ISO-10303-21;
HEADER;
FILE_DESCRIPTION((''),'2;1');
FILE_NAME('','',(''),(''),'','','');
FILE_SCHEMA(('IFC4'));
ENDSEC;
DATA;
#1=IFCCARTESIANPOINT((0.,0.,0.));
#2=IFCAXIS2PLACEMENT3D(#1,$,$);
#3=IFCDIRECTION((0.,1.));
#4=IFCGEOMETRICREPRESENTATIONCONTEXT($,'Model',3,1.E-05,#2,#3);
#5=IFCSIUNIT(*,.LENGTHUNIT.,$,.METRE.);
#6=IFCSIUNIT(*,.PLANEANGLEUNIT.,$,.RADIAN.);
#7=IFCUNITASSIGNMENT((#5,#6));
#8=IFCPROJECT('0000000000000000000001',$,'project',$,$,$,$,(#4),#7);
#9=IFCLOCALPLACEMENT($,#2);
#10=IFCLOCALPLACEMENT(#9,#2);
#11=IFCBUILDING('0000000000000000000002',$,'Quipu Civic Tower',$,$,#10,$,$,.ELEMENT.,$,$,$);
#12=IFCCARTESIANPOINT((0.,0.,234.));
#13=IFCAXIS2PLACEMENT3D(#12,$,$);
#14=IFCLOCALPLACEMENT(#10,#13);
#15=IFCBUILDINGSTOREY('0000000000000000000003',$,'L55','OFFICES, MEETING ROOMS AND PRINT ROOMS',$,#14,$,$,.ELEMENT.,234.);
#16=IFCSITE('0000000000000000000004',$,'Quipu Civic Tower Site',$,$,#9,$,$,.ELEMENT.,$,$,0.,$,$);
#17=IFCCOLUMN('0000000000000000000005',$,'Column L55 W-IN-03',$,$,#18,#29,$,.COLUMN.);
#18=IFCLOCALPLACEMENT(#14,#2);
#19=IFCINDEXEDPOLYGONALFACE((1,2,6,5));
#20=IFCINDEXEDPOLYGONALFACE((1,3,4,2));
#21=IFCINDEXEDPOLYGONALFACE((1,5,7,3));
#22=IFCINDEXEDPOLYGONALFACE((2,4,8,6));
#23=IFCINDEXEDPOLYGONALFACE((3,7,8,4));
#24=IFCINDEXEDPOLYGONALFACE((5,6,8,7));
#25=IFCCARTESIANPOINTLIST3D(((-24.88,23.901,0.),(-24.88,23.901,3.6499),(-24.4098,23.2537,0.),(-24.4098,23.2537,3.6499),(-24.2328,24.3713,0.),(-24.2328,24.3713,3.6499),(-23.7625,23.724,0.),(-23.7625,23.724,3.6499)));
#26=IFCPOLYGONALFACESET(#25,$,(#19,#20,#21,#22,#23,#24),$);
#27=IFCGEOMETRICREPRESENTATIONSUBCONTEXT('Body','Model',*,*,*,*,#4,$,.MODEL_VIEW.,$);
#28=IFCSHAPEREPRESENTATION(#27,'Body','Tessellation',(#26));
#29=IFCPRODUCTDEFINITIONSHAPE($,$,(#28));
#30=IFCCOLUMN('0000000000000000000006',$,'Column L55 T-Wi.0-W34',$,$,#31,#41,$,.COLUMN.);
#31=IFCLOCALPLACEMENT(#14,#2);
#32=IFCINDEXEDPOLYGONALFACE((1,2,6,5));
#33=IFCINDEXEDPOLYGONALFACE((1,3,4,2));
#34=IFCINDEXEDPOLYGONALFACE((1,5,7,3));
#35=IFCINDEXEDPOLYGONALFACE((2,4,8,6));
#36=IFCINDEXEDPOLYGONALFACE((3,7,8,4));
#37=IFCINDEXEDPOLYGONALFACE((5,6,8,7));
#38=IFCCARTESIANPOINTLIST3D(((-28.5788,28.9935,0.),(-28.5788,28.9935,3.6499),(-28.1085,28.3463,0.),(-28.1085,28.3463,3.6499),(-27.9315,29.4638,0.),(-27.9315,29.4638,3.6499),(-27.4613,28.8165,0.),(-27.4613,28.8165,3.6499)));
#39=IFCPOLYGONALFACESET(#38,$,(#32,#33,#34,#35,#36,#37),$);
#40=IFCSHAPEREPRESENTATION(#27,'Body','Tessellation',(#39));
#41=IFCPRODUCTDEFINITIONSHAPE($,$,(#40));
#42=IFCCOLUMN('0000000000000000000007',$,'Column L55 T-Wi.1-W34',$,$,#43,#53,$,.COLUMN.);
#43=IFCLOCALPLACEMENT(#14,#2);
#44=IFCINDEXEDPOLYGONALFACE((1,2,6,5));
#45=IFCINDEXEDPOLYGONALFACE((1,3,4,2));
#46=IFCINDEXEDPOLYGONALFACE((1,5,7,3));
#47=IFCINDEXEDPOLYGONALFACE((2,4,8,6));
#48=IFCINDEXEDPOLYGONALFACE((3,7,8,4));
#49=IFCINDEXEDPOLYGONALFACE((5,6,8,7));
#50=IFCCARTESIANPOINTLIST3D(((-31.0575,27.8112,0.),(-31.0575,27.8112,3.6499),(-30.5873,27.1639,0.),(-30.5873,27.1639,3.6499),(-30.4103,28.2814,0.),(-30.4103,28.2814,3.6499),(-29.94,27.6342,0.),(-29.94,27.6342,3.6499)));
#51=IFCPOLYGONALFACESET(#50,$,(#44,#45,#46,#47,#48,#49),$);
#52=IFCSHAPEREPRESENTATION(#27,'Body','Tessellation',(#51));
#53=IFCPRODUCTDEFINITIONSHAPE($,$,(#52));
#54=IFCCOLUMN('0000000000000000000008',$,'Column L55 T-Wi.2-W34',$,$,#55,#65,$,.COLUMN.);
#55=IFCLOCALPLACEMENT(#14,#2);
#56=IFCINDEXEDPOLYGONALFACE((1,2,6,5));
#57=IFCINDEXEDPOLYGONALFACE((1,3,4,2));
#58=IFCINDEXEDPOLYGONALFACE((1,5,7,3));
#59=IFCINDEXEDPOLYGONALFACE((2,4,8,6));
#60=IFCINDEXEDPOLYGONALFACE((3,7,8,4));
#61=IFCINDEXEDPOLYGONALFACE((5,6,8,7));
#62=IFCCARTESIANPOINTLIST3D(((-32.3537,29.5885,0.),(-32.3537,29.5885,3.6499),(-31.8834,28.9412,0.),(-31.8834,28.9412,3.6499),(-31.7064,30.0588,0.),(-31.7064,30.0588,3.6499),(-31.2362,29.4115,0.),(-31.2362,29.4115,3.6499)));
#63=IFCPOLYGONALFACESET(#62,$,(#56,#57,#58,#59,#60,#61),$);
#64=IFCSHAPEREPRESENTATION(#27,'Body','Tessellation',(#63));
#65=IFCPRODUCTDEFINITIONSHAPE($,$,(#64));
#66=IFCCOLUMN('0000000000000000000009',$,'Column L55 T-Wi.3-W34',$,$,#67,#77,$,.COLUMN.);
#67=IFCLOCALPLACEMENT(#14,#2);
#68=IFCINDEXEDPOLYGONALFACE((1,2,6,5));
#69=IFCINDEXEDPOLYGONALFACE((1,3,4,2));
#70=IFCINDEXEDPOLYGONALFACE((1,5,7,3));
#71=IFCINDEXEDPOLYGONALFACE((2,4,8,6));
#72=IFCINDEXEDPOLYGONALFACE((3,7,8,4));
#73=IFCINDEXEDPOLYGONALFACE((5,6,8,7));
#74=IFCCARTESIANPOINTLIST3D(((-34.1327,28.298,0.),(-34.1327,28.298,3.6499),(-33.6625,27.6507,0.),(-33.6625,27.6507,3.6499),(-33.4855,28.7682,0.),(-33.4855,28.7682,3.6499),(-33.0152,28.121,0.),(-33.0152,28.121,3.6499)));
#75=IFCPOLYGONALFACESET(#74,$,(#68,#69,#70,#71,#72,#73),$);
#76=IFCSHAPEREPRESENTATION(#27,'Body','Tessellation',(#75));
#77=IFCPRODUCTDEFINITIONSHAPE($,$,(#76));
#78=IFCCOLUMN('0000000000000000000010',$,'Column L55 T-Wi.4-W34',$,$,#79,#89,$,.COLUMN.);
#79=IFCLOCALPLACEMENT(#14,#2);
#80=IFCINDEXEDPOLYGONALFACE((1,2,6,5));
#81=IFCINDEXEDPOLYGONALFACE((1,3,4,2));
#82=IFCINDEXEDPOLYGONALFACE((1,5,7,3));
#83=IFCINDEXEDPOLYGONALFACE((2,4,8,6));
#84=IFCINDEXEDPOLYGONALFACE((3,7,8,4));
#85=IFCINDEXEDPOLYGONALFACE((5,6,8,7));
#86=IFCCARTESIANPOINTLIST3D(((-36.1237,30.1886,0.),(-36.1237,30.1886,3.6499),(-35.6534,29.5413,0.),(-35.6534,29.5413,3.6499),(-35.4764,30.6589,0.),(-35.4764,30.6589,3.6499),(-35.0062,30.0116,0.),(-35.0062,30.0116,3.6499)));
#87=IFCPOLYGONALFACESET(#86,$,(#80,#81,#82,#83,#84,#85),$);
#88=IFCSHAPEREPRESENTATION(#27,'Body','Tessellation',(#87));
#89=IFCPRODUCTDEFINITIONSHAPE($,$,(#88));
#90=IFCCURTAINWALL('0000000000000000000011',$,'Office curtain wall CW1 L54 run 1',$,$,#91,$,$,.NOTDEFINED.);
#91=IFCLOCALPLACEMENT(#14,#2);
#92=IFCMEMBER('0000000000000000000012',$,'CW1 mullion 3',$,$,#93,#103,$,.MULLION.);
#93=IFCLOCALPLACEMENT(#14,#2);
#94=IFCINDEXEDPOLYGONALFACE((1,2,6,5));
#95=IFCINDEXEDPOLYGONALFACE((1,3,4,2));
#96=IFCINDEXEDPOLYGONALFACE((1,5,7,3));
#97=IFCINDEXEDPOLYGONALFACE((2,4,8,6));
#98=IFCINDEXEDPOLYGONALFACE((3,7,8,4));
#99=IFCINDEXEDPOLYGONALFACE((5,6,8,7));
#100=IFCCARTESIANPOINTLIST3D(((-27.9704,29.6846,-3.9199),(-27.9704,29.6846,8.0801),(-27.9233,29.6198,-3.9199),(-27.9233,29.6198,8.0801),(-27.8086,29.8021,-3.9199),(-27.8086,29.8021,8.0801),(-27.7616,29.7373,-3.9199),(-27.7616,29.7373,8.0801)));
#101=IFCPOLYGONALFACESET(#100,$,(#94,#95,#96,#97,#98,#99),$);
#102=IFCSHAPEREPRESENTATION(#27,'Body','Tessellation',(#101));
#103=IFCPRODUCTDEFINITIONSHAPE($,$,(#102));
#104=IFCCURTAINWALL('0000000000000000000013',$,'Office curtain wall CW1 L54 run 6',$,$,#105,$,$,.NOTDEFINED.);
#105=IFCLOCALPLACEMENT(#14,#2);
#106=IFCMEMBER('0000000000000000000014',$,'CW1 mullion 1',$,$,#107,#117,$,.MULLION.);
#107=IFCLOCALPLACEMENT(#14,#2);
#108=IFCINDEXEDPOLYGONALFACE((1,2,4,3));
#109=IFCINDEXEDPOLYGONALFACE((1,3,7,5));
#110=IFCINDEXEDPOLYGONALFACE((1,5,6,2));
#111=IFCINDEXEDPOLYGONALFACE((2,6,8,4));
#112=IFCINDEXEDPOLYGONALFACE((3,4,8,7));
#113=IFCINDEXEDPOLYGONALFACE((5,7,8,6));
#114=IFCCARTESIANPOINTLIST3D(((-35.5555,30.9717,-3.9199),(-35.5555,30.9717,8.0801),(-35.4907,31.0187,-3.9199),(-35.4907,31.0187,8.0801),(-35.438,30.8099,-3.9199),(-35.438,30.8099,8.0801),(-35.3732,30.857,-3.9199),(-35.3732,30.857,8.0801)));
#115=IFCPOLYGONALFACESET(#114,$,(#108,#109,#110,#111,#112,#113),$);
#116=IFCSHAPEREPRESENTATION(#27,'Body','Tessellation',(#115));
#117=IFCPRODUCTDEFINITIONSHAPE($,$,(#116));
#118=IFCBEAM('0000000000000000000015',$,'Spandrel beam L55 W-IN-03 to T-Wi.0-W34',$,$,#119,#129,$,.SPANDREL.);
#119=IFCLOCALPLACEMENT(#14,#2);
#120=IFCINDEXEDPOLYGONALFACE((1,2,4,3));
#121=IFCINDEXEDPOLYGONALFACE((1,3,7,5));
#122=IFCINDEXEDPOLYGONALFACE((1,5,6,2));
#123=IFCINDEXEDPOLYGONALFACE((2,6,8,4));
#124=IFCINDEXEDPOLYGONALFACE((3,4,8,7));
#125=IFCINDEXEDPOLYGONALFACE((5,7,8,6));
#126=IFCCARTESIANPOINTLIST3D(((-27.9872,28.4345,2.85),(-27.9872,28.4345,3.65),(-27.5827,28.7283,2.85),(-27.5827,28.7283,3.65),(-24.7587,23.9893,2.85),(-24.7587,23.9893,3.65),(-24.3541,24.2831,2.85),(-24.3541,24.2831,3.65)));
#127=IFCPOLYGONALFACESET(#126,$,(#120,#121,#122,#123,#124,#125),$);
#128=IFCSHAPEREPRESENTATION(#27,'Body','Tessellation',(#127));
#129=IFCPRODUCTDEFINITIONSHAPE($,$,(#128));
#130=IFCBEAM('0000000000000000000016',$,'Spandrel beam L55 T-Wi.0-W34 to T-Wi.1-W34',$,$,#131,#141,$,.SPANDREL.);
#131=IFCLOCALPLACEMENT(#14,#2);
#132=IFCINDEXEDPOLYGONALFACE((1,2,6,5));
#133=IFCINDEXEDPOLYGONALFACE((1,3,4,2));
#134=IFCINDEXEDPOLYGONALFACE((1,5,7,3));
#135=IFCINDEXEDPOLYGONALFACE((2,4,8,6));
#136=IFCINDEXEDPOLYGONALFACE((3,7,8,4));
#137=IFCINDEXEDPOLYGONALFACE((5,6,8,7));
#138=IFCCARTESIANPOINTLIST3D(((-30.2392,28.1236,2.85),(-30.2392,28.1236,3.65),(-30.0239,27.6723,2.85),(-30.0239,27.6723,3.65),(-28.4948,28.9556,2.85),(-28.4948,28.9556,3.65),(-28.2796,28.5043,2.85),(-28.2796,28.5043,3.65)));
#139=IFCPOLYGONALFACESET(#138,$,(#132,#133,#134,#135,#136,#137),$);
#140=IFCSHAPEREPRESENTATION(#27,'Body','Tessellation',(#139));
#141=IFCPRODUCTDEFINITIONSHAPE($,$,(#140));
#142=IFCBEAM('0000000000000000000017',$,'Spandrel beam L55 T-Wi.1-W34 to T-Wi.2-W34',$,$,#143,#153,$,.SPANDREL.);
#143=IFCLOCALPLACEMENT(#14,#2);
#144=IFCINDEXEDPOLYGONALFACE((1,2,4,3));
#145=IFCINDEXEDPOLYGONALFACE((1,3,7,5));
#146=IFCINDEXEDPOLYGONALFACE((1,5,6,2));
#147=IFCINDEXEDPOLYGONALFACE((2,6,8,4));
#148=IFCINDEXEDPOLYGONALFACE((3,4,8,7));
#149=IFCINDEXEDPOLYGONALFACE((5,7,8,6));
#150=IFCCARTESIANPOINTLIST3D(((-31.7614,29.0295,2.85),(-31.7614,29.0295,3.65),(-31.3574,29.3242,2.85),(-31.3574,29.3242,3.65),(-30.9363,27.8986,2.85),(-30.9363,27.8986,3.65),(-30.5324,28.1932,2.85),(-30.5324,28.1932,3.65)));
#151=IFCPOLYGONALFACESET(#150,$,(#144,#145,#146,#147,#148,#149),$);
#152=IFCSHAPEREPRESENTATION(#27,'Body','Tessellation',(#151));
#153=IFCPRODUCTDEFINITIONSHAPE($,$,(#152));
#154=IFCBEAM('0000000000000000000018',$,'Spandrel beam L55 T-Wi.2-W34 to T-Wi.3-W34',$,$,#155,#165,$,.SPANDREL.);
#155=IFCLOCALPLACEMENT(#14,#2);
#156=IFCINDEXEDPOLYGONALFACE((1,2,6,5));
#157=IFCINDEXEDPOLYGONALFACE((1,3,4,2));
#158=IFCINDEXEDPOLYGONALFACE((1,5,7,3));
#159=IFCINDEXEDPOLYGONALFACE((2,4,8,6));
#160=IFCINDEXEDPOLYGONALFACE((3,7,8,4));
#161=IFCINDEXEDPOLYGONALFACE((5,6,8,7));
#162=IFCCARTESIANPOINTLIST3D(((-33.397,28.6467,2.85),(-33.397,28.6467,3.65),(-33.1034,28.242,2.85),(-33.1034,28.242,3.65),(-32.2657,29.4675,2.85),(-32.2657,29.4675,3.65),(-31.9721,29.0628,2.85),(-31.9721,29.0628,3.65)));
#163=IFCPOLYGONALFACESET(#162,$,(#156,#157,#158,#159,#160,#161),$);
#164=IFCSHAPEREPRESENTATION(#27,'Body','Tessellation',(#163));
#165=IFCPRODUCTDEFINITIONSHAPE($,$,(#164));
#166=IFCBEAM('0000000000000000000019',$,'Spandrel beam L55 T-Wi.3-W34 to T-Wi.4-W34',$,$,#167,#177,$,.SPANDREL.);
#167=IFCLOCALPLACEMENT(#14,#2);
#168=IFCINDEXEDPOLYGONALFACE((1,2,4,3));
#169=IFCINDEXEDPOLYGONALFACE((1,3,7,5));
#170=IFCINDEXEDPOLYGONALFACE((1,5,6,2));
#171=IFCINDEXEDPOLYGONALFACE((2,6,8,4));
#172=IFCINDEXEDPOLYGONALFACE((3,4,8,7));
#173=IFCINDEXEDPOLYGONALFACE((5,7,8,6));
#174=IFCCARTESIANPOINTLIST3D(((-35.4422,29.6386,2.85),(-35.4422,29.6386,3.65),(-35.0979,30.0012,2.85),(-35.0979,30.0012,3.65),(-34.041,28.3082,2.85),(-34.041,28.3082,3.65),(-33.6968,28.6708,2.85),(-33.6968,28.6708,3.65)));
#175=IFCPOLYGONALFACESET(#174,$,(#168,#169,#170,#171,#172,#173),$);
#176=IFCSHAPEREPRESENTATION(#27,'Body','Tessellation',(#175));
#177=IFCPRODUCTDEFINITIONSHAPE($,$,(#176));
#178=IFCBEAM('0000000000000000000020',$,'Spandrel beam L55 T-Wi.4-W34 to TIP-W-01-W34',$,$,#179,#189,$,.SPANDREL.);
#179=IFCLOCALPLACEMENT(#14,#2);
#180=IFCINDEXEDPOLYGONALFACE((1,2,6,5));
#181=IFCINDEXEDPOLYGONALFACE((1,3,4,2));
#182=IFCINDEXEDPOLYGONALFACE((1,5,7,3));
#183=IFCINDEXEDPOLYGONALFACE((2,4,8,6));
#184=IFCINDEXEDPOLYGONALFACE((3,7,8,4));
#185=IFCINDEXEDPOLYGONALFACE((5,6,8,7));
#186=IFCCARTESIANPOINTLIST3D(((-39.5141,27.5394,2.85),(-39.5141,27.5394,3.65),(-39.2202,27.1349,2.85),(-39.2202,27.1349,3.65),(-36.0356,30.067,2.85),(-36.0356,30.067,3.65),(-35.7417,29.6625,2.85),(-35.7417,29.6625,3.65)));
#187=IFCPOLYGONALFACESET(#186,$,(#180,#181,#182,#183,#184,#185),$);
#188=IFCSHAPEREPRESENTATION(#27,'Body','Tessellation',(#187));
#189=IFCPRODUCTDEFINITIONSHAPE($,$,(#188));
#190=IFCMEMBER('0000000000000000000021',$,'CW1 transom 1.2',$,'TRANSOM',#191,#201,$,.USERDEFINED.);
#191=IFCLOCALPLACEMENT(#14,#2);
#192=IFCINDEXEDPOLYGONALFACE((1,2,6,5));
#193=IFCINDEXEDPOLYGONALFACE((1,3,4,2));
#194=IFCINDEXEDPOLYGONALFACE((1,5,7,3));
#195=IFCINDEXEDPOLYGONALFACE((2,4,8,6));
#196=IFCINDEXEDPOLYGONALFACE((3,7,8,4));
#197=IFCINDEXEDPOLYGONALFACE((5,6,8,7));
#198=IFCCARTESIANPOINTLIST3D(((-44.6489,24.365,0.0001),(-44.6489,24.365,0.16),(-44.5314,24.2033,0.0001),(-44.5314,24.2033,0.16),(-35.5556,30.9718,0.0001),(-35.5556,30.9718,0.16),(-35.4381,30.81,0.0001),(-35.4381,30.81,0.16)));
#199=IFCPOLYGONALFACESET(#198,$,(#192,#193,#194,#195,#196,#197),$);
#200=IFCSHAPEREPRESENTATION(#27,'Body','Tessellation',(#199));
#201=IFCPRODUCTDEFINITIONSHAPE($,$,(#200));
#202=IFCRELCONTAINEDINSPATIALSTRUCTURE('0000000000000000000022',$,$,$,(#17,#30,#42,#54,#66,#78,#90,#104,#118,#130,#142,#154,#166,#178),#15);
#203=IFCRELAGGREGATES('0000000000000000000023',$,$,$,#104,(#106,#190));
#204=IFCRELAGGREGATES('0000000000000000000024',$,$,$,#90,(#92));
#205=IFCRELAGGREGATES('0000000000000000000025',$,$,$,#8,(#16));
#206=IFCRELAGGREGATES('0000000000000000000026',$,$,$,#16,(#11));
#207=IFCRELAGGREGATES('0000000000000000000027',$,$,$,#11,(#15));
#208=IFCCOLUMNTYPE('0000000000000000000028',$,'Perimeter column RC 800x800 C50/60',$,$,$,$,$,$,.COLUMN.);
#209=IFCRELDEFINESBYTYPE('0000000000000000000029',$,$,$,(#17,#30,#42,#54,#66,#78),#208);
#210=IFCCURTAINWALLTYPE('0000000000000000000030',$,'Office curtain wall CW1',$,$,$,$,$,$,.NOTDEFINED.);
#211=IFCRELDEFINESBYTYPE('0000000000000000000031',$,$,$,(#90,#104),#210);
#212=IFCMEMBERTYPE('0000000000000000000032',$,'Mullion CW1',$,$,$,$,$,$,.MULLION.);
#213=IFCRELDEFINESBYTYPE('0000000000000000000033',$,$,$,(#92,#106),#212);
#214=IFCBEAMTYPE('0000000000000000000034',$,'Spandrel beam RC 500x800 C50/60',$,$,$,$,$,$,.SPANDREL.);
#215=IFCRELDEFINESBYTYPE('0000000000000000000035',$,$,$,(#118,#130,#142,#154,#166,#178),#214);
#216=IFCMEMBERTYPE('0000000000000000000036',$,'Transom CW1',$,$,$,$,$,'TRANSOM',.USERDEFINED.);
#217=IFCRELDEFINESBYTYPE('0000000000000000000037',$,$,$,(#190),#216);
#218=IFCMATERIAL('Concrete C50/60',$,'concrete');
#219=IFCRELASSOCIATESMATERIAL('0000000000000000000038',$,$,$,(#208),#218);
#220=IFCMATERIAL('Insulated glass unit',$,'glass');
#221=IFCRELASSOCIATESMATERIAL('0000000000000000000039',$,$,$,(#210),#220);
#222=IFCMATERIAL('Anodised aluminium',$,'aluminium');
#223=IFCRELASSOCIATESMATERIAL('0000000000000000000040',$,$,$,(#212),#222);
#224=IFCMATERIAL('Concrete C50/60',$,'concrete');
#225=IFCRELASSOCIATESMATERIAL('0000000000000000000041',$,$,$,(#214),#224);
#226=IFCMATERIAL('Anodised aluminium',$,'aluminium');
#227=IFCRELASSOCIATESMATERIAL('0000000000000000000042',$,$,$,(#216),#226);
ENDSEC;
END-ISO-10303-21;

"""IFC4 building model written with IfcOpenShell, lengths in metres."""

from ifc_helpers import new_model, si_unit, direction, frame, origin, origin_2d, place, context, subcontext, project, spatial, rectangle, extrude, material, material_profile, profile_set, type_object, element, aggregate, save


model = new_model("IFC4")

# Units and contexts
model_context = context("Model", 3, precision=1e-05, world=origin(), true_north=direction((0.0, 1.0)))
body_context = subcontext(model_context, "Body", "Model", "MODEL_VIEW")
ifc_project = project(units=[si_unit("LENGTHUNIT", "METRE"), si_unit("PLANEANGLEUNIT", "RADIAN")], contexts=[model_context])

# Site, building, storey
site_placement = place(None, origin())
site = spatial("IfcSite", under=ifc_project, at=site_placement, Name="Quipu Civic Tower Site", CompositionType="ELEMENT", RefElevation=0.0)
building_placement = place(site_placement, origin())
building = spatial("IfcBuilding", under=site, at=building_placement, Name="Quipu Civic Tower", CompositionType="ELEMENT")
storey_placement = place(building_placement, frame((0.0, 0.0, 234.0)))
storey = spatial("IfcBuildingStorey", under=building, at=storey_placement, Name="L55", Description="OFFICES, MEETING ROOMS AND PRINT ROOMS", CompositionType="ELEMENT", Elevation=234.0)

# Columns
ifc_material_1 = material(Name="Concrete C50/60", Category="concrete")
ifc_material_profile_1 = material_profile(ifc_material_1, rectangle(XDim=0.8, YDim=0.8, at=origin_2d()), Name="RC800x800")
ifc_profile_set_1 = profile_set([ifc_material_profile_1], Name="Concrete C50/60")
column_type = type_object("IfcColumnType", Name="Perimeter column RC 800x800 C50/60", PredefinedType="COLUMN", material=ifc_profile_set_1)
for number, where, z_axis, x_axis, name in (
    (1, (-24.3213, 23.8125, 0.0), (0.0, 0.0, 1.0), (-0.587785, 0.809017, 0.0), "Column L55 W-IN-03"),
    (2, (-28.02, 28.905, 0.0), (0.0, 0.0, 1.0), (-0.809017, -0.587785, 0.0), "Column L55 T-Wi.0-W34"),
    (3, (-30.4988, 27.7227, 0.0), (0.0, 0.0, 1.0), (-0.809017, -0.587785, 0.0), "Column L55 T-Wi.1-W34"),
    (4, (-31.7949, 29.5, 0.0), (0.0, 0.0, 1.0), (-0.587785, 0.809017, 0.0), "Column L55 T-Wi.2-W34"),
    (5, (-33.574, 28.2095, 0.0), (0.0, 0.0, 1.0), (-0.587785, 0.809017, 0.0), "Column L55 T-Wi.3-W34"),
    (6, (-35.5649, 30.1001, 0.0), (0.0, 0.0, 1.0), (-0.809017, -0.587785, 0.0), "Column L55 T-Wi.4-W34"),
):
    element("IfcColumn", number, at=place(storey_placement, frame(where, z_axis=z_axis, x_axis=x_axis)), inside=storey, type_object=column_type, Name=name, PredefinedType="COLUMN", context=body_context, shape_type="SweptSolid", body=[
        extrude(rectangle(XDim=0.8, YDim=0.8, at=origin_2d()), origin(), (0.0, 0.0, 1.0), 3.6499),
    ])

# Curtain walls, members
ifc_material_2 = material(Name="Insulated glass unit", Category="glass")
curtain_wall_type = type_object("IfcCurtainWallType", Name="Office curtain wall CW1", PredefinedType="NOTDEFINED", material=ifc_material_2)
curtain_wall_1_placement = place(storey_placement, origin())
curtain_wall_1 = element("IfcCurtainWall", 7, at=curtain_wall_1_placement, inside=storey, type_object=curtain_wall_type, Name="Office curtain wall CW1 L54 run 1", PredefinedType="NOTDEFINED")
ifc_material_3 = material(Name="Anodised aluminium", Category="aluminium")
ifc_material_profile_2 = material_profile(ifc_material_3, rectangle(XDim=0.2, YDim=0.0801, at=origin_2d()), Name="RECT 200x80")
ifc_profile_set_2 = profile_set([ifc_material_profile_2], Name="Anodised aluminium")
member_type_1 = type_object("IfcMemberType", Name="Mullion CW1", PredefinedType="MULLION", material=ifc_profile_set_2)
member_1_placement = place(storey_placement, frame((-27.866, 29.7109, -3.9199), z_axis=(0.0, 0.0, 1.0), x_axis=(-0.809014, -0.587789, 0.0)))
member_1 = element("IfcMember", 8, at=member_1_placement, type_object=member_type_1, Name="CW1 mullion 3", PredefinedType="MULLION", context=body_context, shape_type="SweptSolid", body=[
    extrude(rectangle(XDim=0.2, YDim=0.0801, at=origin_2d()), origin(), (0.0, 0.0, 1.0), 12.0),
])
curtain_wall_2_placement = place(storey_placement, origin())
curtain_wall_2 = element("IfcCurtainWall", 9, at=curtain_wall_2_placement, inside=storey, type_object=curtain_wall_type, Name="Office curtain wall CW1 L54 run 6", PredefinedType="NOTDEFINED")
member_2_placement = place(storey_placement, frame((-35.4644, 30.9143, -3.9199), z_axis=(0.0, 0.0, 1.0), x_axis=(0.587788, -0.809015, 0.0)))
member_2 = element("IfcMember", 10, at=member_2_placement, type_object=member_type_1, Name="CW1 mullion 1", PredefinedType="MULLION", context=body_context, shape_type="SweptSolid", body=[
    extrude(rectangle(XDim=0.2, YDim=0.0801, at=origin_2d()), origin(), (0.0, 0.0, 1.0), 12.0),
])

# Beams
ifc_material_4 = material(Name="Concrete C50/60", Category="concrete")
ifc_material_profile_3 = material_profile(ifc_material_4, rectangle(XDim=0.5, YDim=0.8, at=origin_2d()), Name="RC500x800")
ifc_profile_set_3 = profile_set([ifc_material_profile_3], Name="Concrete C50/60")
beam_type = type_object("IfcBeamType", Name="Spandrel beam RC 500x800 C50/60", PredefinedType="SPANDREL", material=ifc_profile_set_3)
beam_1_placement = place(storey_placement, frame((-24.5564, 24.1362, 3.25), z_axis=(-0.587664, 0.809105, 0.0), x_axis=(-0.809105, -0.587664, 0.0)))
element("IfcBeam", 11, at=beam_1_placement, inside=storey, type_object=beam_type, Name="Spandrel beam L55 W-IN-03 to T-Wi.0-W34", PredefinedType="SPANDREL", context=body_context, shape_type="SweptSolid", body=[
    extrude(rectangle(XDim=0.5, YDim=0.8, at=origin_2d()), origin(), (0.0, 0.0, 1.0), 5.4939),
])
beam_2_placement = place(storey_placement, frame((-28.3872, 28.73, 3.25), z_axis=(-0.902585, -0.430512, 0.0), x_axis=(0.430512, -0.902585, 0.0)))
element("IfcBeam", 12, at=beam_2_placement, inside=storey, type_object=beam_type, Name="Spandrel beam L55 T-Wi.0-W34 to T-Wi.1-W34", PredefinedType="SPANDREL", context=body_context, shape_type="SweptSolid", body=[
    extrude(rectangle(XDim=0.5, YDim=0.8, at=origin_2d()), origin(), (0.0, 0.0, 1.0), 1.9326),
])
beam_3_placement = place(storey_placement, frame((-30.7344, 28.0459, 3.25), z_axis=(-0.589343, 0.807883, 0.0), x_axis=(-0.807883, -0.589343, 0.0)))
element("IfcBeam", 13, at=beam_3_placement, inside=storey, type_object=beam_type, Name="Spandrel beam L55 T-Wi.1-W34 to T-Wi.2-W34", PredefinedType="SPANDREL", context=body_context, shape_type="SweptSolid", body=[
    extrude(rectangle(XDim=0.5, YDim=0.8, at=origin_2d()), origin(), (0.0, 0.0, 1.0), 1.3999),
])
beam_4_placement = place(storey_placement, frame((-32.1189, 29.2651, 3.25), z_axis=(-0.809415, -0.587237, 0.0), x_axis=(0.587237, -0.809415, 0.0)))
element("IfcBeam", 14, at=beam_4_placement, inside=storey, type_object=beam_type, Name="Spandrel beam L55 T-Wi.2-W34 to T-Wi.3-W34", PredefinedType="SPANDREL", context=body_context, shape_type="SweptSolid", body=[
    extrude(rectangle(XDim=0.5, YDim=0.8, at=origin_2d()), origin(), (0.0, 0.0, 1.0), 1.3977),
])
beam_5_placement = place(storey_placement, frame((-33.8689, 28.4895, 3.25), z_axis=(-0.725192, 0.688547, 0.0), x_axis=(-0.688547, -0.725192, 0.0)))
element("IfcBeam", 15, at=beam_5_placement, inside=storey, type_object=beam_type, Name="Spandrel beam L55 T-Wi.3-W34 to T-Wi.4-W34", PredefinedType="SPANDREL", context=body_context, shape_type="SweptSolid", body=[
    extrude(rectangle(XDim=0.5, YDim=0.8, at=origin_2d()), origin(), (0.0, 0.0, 1.0), 1.9321),
])
beam_6_placement = place(storey_placement, frame((-35.8887, 29.8647, 3.25), z_axis=(-0.808984, -0.587831, 0.0), x_axis=(0.587831, -0.808984, 0.0)))
element("IfcBeam", 16, at=beam_6_placement, inside=storey, type_object=beam_type, Name="Spandrel beam L55 T-Wi.4-W34 to TIP-W-01-W34", PredefinedType="SPANDREL", context=body_context, shape_type="SweptSolid", body=[
    extrude(rectangle(XDim=0.5, YDim=0.8, at=origin_2d()), origin(), (0.0, 0.0, 1.0), 4.2998),
])

# Member
ifc_material_5 = material(Name="Anodised aluminium", Category="aluminium")
ifc_material_profile_4 = material_profile(ifc_material_5, rectangle(XDim=0.2, YDim=0.1599, at=origin_2d()), Name="RECT 200x160")
ifc_profile_set_4 = profile_set([ifc_material_profile_4], Name="Anodised aluminium")
member_type_2 = type_object("IfcMemberType", Name="Transom CW1", ElementType="TRANSOM", PredefinedType="USERDEFINED", material=ifc_profile_set_4)
member_3_placement = place(storey_placement, frame((-35.4968, 30.8909, 0.0801), z_axis=(-0.809015, -0.587788, 0.0), x_axis=(0.587788, -0.809015, 0.0)))
member_3 = element("IfcMember", 17, at=member_3_placement, type_object=member_type_2, Name="CW1 transom 1.2", ObjectType="TRANSOM", PredefinedType="USERDEFINED", context=body_context, shape_type="SweptSolid", body=[
    extrude(rectangle(XDim=0.2, YDim=0.1599, at=origin_2d()), origin(), (0.0, 0.0, 1.0), 11.24),
])
aggregate(curtain_wall_2, [member_2, member_3])

aggregate(curtain_wall_1, [member_1])

save(model, "model.ifc")
